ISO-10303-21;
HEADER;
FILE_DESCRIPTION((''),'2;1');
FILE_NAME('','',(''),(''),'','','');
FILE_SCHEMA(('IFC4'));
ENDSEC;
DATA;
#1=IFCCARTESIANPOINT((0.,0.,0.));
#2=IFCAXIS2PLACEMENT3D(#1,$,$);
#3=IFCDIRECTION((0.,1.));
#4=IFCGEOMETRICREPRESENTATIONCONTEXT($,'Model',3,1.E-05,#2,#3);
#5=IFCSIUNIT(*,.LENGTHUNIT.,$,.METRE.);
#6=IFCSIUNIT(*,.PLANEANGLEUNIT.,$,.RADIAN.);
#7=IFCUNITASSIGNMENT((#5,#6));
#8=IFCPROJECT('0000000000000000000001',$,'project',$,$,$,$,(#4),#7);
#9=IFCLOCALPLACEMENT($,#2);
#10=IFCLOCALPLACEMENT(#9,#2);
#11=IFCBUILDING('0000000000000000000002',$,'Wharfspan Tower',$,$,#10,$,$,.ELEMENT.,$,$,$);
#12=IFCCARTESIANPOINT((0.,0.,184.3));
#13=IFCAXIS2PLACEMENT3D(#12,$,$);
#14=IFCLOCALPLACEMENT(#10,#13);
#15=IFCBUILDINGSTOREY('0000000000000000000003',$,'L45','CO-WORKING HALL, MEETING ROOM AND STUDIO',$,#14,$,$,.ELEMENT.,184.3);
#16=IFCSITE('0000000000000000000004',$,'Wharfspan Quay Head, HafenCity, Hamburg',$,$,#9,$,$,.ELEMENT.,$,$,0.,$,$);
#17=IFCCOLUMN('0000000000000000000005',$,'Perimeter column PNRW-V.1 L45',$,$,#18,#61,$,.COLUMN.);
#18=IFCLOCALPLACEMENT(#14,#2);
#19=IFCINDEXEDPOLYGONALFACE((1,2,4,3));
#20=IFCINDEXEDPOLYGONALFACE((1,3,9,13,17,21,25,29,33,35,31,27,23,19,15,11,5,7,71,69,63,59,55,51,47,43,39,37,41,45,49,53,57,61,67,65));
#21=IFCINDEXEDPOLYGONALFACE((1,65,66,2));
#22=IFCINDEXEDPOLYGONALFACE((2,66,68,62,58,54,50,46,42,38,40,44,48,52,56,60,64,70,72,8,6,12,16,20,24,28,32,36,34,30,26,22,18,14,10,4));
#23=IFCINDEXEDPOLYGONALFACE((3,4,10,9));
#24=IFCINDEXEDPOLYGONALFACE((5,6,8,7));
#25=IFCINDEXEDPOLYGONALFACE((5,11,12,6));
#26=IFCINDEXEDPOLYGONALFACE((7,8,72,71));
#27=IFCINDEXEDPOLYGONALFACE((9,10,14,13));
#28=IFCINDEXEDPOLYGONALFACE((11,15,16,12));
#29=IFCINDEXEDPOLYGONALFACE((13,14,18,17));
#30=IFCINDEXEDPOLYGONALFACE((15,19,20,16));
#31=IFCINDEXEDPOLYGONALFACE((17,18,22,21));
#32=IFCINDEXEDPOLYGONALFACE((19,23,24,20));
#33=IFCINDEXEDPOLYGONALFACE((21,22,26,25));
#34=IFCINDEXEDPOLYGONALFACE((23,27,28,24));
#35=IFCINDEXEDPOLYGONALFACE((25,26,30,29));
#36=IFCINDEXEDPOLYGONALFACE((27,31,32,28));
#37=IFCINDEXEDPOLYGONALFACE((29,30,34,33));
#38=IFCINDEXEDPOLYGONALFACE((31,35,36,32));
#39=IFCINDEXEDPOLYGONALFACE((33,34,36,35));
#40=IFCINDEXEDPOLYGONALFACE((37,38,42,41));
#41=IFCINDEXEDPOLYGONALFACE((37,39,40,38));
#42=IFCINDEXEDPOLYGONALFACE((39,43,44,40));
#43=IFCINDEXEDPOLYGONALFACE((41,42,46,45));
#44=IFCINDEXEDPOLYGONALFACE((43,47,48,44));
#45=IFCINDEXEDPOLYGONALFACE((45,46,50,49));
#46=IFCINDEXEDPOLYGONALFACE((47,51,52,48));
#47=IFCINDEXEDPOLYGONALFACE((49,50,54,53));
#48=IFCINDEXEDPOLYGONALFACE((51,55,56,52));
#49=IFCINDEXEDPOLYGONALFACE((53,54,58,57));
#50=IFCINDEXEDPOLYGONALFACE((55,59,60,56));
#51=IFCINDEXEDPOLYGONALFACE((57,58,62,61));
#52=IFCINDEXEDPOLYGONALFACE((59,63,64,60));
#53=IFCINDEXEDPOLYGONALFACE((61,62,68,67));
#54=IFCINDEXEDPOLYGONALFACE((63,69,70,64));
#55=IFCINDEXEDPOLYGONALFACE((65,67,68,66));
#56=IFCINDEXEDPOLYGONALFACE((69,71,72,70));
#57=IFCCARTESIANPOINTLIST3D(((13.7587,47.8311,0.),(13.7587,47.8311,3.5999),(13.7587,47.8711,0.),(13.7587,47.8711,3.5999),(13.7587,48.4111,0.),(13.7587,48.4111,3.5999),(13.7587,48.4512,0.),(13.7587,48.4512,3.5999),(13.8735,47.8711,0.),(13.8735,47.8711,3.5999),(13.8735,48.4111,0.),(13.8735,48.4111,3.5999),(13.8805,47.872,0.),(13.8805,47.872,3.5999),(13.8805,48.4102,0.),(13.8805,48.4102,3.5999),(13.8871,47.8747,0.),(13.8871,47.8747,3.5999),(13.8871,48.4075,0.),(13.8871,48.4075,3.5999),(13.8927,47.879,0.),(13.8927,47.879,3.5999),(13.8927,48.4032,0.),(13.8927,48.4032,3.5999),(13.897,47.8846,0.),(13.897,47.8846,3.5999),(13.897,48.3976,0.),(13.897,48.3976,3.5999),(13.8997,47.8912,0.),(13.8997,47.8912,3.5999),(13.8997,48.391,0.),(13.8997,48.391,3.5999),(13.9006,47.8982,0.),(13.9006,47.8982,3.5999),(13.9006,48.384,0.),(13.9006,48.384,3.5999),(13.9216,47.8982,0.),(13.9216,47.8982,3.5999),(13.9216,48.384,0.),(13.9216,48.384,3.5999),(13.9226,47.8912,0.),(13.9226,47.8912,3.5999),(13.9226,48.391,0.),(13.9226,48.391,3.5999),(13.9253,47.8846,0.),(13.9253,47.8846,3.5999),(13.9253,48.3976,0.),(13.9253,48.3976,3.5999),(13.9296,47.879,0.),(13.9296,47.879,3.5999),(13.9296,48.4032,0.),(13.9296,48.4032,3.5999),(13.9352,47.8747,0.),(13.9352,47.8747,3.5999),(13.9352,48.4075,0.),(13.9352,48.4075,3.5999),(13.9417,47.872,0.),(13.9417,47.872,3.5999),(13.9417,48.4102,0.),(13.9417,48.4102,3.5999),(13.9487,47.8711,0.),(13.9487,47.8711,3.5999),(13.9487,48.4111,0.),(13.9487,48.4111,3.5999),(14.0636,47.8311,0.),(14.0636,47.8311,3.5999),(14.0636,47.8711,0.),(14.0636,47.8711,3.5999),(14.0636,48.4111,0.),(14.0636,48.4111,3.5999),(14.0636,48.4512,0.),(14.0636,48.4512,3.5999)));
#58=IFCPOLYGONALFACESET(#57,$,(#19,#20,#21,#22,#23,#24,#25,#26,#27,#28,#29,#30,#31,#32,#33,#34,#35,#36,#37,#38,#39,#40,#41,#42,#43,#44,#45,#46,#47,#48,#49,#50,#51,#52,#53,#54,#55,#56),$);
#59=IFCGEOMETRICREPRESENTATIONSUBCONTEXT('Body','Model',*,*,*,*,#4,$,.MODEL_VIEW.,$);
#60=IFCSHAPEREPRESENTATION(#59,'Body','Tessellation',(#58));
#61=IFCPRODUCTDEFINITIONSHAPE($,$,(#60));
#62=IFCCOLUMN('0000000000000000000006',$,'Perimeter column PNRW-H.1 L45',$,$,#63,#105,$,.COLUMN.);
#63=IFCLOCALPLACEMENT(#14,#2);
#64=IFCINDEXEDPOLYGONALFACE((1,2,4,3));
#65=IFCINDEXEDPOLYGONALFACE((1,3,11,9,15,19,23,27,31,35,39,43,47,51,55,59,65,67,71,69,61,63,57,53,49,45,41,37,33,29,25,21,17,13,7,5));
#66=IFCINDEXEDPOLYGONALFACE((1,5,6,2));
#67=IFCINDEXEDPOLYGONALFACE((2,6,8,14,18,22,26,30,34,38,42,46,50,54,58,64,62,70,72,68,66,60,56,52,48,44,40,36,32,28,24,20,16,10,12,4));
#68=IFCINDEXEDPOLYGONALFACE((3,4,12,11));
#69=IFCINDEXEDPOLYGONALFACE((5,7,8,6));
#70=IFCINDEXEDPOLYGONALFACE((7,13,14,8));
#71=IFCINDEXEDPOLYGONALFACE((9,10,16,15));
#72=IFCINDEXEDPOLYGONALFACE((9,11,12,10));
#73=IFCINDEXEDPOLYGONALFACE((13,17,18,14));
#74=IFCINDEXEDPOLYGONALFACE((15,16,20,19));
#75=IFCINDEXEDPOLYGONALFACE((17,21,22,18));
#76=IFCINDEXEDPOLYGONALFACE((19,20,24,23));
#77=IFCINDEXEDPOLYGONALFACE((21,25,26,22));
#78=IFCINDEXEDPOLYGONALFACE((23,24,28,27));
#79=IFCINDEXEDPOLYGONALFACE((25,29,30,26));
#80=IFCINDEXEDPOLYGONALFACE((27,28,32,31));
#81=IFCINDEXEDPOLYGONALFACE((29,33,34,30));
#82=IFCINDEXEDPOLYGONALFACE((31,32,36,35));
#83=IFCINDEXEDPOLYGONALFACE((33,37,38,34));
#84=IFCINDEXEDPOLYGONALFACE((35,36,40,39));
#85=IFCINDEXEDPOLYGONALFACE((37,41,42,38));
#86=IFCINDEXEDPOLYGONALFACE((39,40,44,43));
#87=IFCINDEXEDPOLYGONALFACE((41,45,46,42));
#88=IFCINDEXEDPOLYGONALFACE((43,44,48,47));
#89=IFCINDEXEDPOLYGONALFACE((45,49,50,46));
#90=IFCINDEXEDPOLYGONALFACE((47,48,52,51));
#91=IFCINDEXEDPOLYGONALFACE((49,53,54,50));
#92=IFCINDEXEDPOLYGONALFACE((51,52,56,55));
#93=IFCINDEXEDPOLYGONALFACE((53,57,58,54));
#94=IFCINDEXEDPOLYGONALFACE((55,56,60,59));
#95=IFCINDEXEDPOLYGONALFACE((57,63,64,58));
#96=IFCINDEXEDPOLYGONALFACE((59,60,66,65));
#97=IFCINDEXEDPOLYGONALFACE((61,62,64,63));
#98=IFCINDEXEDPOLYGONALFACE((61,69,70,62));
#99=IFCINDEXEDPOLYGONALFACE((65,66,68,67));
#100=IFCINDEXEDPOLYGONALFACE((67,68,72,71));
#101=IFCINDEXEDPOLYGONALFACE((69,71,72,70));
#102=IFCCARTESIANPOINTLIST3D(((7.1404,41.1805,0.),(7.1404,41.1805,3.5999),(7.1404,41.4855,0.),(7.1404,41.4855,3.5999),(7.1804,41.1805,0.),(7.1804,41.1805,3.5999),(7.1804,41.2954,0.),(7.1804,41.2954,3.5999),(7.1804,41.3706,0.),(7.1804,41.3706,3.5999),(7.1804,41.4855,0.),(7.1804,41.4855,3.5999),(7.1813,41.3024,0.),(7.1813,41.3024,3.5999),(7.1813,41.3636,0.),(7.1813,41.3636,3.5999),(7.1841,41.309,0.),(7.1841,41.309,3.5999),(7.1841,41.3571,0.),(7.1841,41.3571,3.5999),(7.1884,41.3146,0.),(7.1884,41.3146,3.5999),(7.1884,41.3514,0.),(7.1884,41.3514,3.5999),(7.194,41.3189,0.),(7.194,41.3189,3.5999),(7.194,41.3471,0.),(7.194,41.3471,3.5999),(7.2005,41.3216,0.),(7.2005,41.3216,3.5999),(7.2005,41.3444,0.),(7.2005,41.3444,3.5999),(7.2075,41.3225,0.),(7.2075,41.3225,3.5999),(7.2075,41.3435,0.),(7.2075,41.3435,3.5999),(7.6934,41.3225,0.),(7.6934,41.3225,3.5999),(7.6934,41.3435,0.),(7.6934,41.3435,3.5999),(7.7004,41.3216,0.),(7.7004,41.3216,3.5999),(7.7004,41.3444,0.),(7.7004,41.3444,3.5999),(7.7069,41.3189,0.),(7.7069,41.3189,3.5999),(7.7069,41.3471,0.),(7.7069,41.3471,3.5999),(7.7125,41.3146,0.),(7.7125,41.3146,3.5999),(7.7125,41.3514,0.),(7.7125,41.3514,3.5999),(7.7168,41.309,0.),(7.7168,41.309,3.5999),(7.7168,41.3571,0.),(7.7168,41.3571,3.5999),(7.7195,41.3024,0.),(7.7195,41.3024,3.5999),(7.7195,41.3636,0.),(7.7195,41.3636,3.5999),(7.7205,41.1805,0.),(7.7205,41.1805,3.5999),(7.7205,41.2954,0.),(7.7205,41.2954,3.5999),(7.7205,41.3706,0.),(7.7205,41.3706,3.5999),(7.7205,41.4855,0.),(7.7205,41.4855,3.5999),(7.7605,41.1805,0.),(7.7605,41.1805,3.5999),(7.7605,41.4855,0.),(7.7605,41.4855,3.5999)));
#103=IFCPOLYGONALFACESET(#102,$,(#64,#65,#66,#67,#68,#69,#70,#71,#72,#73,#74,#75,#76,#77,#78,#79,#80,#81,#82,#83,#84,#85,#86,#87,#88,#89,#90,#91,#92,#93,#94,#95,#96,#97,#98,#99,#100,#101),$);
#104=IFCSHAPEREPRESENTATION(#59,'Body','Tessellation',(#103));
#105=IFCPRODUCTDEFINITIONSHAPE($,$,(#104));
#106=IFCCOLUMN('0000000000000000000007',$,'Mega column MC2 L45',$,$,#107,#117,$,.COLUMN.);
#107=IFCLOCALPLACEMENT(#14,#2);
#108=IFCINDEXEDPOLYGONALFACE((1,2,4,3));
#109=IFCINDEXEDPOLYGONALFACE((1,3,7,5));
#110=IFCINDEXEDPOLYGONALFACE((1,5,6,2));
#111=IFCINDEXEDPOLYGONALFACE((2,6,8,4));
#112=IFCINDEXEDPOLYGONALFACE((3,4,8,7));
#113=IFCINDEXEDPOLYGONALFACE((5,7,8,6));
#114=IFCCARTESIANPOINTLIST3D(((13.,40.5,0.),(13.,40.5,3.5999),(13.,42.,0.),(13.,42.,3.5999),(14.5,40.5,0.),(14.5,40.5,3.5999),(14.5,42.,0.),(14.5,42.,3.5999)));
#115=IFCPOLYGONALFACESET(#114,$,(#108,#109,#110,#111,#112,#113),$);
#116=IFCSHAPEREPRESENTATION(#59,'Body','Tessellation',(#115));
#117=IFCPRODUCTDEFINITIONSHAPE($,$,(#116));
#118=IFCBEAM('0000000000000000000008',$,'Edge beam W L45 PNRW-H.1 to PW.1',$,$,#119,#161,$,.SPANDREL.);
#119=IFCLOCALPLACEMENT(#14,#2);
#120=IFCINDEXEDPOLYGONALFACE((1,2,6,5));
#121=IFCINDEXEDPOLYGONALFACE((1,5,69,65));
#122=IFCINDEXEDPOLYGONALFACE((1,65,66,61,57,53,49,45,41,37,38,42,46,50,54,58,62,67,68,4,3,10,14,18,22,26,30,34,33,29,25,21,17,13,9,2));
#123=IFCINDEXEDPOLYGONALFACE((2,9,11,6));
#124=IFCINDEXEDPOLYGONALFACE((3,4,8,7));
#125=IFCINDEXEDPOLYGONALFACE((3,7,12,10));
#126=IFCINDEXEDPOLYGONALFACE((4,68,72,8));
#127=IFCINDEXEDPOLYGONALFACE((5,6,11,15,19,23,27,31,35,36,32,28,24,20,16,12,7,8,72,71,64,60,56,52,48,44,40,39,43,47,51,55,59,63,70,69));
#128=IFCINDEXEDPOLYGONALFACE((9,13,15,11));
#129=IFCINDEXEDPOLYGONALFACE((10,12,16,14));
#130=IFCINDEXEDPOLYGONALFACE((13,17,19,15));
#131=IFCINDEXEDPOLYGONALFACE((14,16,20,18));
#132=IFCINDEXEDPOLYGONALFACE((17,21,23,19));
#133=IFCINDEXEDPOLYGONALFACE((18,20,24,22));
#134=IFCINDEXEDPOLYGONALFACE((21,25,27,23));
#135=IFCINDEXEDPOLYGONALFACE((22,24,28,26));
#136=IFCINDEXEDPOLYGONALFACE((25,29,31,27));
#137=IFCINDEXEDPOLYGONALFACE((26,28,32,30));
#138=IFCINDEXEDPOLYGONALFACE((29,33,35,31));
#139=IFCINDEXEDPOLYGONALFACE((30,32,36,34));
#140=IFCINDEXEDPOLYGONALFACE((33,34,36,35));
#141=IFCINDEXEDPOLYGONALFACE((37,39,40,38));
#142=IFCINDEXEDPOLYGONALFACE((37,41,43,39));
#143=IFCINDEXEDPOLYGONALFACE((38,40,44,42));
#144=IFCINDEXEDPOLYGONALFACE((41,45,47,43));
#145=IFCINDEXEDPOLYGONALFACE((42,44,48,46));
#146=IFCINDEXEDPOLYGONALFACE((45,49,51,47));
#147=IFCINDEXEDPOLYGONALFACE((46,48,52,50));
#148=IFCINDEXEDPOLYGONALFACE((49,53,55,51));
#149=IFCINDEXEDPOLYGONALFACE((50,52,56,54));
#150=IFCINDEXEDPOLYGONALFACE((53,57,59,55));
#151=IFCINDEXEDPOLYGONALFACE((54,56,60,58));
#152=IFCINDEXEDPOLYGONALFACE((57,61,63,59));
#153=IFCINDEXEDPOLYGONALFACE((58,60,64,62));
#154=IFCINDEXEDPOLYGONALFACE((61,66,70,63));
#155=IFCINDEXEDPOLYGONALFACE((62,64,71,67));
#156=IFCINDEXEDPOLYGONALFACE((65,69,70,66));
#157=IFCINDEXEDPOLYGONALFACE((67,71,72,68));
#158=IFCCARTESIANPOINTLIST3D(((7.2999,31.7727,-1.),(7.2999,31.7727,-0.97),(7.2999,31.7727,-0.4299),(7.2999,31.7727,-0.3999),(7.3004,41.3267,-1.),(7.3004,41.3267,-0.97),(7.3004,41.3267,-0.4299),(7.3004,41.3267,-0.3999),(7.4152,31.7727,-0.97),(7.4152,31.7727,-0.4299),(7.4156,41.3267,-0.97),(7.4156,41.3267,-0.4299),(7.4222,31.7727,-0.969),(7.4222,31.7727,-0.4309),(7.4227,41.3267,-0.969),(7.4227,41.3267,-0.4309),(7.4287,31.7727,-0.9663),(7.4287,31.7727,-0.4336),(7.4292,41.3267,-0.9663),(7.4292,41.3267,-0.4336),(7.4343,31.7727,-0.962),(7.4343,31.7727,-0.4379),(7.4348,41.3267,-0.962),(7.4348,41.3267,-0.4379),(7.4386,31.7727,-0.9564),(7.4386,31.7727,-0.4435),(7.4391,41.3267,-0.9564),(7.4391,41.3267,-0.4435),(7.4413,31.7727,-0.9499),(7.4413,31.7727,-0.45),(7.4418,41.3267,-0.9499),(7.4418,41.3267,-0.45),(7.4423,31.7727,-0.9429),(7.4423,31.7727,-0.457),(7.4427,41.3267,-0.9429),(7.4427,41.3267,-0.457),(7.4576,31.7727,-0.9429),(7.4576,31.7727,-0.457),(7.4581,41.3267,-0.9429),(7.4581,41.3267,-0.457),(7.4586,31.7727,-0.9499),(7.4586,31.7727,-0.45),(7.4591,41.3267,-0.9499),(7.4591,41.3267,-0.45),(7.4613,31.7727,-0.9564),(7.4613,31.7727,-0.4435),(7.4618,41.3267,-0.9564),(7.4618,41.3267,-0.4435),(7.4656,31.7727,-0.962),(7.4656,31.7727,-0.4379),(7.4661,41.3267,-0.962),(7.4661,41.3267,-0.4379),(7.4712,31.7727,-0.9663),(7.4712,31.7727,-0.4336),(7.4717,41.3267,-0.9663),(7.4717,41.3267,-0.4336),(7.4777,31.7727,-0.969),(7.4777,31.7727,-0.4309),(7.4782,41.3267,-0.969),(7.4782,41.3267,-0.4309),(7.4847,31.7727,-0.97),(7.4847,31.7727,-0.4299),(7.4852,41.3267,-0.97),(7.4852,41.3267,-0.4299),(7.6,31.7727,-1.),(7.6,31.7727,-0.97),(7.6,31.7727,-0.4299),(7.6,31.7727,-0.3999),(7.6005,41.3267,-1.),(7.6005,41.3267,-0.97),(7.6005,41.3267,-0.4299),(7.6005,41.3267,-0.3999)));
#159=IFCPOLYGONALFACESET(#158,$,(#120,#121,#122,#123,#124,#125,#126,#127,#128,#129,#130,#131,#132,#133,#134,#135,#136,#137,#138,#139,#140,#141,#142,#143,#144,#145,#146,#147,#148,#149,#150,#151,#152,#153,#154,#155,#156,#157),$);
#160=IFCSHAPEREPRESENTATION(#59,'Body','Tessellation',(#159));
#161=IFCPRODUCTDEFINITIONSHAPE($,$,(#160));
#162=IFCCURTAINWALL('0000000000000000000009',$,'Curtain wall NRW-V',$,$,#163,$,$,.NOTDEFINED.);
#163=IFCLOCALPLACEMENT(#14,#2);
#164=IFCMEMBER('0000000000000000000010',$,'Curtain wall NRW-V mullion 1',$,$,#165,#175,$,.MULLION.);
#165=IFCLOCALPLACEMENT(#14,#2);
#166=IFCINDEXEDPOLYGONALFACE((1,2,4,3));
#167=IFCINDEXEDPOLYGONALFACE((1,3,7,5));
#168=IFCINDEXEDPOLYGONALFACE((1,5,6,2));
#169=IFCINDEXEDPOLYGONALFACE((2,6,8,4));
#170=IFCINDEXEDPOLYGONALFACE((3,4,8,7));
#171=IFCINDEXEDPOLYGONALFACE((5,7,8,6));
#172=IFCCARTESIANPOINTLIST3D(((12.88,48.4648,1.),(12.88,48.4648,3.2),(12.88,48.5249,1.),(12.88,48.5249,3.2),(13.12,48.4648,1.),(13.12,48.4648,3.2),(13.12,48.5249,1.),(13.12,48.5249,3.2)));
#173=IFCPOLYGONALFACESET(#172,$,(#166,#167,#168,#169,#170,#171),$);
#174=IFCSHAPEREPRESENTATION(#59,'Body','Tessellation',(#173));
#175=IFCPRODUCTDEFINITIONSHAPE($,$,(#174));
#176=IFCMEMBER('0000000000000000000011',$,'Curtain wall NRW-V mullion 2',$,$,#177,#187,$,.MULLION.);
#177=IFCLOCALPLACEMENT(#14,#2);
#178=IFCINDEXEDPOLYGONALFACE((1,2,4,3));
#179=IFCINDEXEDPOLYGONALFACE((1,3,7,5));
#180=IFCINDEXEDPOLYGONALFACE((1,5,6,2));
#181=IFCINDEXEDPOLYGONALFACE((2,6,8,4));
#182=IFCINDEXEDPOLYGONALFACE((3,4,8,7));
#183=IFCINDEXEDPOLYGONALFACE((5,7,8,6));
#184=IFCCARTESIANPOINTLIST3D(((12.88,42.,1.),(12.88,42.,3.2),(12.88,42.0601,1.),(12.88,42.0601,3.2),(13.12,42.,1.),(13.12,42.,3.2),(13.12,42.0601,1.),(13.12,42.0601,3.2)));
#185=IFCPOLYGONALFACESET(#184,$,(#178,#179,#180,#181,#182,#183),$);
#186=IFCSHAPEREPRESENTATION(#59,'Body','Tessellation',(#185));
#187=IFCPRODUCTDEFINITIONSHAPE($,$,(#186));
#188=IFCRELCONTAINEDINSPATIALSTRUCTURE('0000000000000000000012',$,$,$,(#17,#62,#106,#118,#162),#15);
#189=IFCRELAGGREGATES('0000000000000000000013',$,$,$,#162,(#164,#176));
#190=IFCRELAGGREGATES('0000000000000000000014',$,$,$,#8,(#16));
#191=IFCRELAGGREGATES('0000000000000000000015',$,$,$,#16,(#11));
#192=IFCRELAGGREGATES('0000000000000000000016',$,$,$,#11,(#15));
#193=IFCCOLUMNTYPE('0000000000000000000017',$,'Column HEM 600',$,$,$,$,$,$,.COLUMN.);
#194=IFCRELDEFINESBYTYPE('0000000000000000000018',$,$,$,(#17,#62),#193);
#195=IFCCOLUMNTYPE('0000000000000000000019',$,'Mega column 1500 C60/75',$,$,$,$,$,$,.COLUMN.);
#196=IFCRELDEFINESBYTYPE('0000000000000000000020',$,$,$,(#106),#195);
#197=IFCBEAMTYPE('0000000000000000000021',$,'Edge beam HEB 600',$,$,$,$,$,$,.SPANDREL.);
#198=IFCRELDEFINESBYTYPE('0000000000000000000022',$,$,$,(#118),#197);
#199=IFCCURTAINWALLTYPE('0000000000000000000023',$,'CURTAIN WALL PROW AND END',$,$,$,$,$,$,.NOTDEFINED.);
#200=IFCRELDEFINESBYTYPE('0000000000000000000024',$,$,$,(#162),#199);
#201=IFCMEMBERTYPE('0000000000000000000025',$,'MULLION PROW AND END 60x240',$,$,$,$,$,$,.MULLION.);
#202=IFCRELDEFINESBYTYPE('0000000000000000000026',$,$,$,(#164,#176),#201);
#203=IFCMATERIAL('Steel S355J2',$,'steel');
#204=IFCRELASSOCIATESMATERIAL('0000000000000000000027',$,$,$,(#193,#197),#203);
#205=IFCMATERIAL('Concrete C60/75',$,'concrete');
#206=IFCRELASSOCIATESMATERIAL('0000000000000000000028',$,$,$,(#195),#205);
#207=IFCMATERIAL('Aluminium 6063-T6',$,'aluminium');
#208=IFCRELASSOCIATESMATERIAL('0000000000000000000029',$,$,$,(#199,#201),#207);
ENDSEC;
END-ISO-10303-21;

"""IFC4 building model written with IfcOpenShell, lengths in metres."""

from ifc_helpers import new_model, si_unit, direction, frame, origin, origin_2d, place, context, subcontext, project, spatial, rectangle, i_section, extrude, material, material_profile, profile_set, type_object, element, aggregate, save


model = new_model("IFC4")

# Units and contexts
model_context = context("Model", 3, precision=1e-05, world=origin(), true_north=direction((0.0, 1.0)))
body_context = subcontext(model_context, "Body", "Model", "MODEL_VIEW")
ifc_project = project(units=[si_unit("LENGTHUNIT", "METRE"), si_unit("PLANEANGLEUNIT", "RADIAN")], contexts=[model_context])

# Site, building, storey
site_placement = place(None, origin())
site = spatial("IfcSite", under=ifc_project, at=site_placement, Name="Wharfspan Quay Head, HafenCity, Hamburg", CompositionType="ELEMENT", RefElevation=0.0)
building_placement = place(site_placement, origin())
building = spatial("IfcBuilding", under=site, at=building_placement, Name="Wharfspan Tower", CompositionType="ELEMENT")
storey_placement = place(building_placement, frame((0.0, 0.0, 184.3)))
storey = spatial("IfcBuildingStorey", under=building, at=storey_placement, Name="L45", Description="CO-WORKING HALL, MEETING ROOM AND STUDIO", CompositionType="ELEMENT", Elevation=184.3)

# Columns
ifc_material_1 = material(Name="Steel S355J2", Category="steel")
ifc_material_profile_1 = material_profile(ifc_material_1, i_section(OverallWidth=0.3049, OverallDepth=0.6201, WebThickness=0.021, FlangeThickness=0.04, FilletRadius=0.0271, at=origin_2d()))
ifc_profile_set_1 = profile_set([ifc_material_profile_1], Name="Steel S355J2")
column_type_1 = type_object("IfcColumnType", Name="Column HEM 600", PredefinedType="COLUMN", material=ifc_profile_set_1)
for number, where, z_axis, x_axis, name in (
    (1, (13.9111, 48.1411, 0.0), (0.0, 0.0, 1.0), (-1.0, 0.0, 0.0), "Perimeter column PNRW-V.1 L45"),
    (2, (7.4504, 41.333, 0.0), (0.0, 0.0, 1.0), (0.0, 1.0, 0.0), "Perimeter column PNRW-H.1 L45"),
):
    element("IfcColumn", number, at=place(storey_placement, frame(where, z_axis=z_axis, x_axis=x_axis)), inside=storey, type_object=column_type_1, Name=name, PredefinedType="COLUMN", context=body_context, shape_type="SweptSolid", body=[
        extrude(i_section(OverallWidth=0.3049, OverallDepth=0.6201, WebThickness=0.021, FlangeThickness=0.04, FilletRadius=0.0271, at=origin_2d()), origin(), (0.0, 0.0, 1.0), 3.5999),
    ])
ifc_material_2 = material(Name="Concrete C60/75", Category="concrete")
ifc_material_profile_2 = material_profile(ifc_material_2, rectangle(XDim=1.5, YDim=1.5, at=origin_2d()))
ifc_profile_set_2 = profile_set([ifc_material_profile_2], Name="Concrete C60/75")
column_type_2 = type_object("IfcColumnType", Name="Mega column 1500 C60/75", PredefinedType="COLUMN", material=ifc_profile_set_2)
column_placement = place(storey_placement, frame((13.75, 41.25, 0.0), z_axis=(0.0, 0.0, 1.0), x_axis=(1.0, 0.0, 0.0)))
element("IfcColumn", 3, at=column_placement, inside=storey, type_object=column_type_2, Name="Mega column MC2 L45", PredefinedType="COLUMN", context=body_context, shape_type="SweptSolid", body=[
    extrude(rectangle(XDim=1.5, YDim=1.5, at=origin_2d()), origin(), (0.0, 0.0, 1.0), 3.5999),
])

# Beam
ifc_material_profile_3 = material_profile(ifc_material_1, i_section(OverallWidth=0.3, OverallDepth=0.6001, WebThickness=0.0154, FlangeThickness=0.03, FilletRadius=0.0271, at=origin_2d()))
ifc_profile_set_3 = profile_set([ifc_material_profile_3], Name="Steel S355J2")
beam_type = type_object("IfcBeamType", Name="Edge beam HEB 600", PredefinedType="SPANDREL", material=ifc_profile_set_3)
beam_placement = place(storey_placement, frame((7.4504, 41.3267, -0.7), z_axis=(-0.000051, -1.0, 0.0), x_axis=(1.0, -0.000051, 0.0)))
element("IfcBeam", 4, at=beam_placement, inside=storey, type_object=beam_type, Name="Edge beam W L45 PNRW-H.1 to PW.1", PredefinedType="SPANDREL", context=body_context, shape_type="SweptSolid", body=[
    extrude(i_section(OverallWidth=0.3, OverallDepth=0.6001, WebThickness=0.0154, FlangeThickness=0.03, FilletRadius=0.0271, at=origin_2d()), origin(), (0.0, 0.0, 1.0), 9.554),
])

# Curtain wall, members
ifc_material_3 = material(Name="Aluminium 6063-T6", Category="aluminium")
curtain_wall_type = type_object("IfcCurtainWallType", Name="CURTAIN WALL PROW AND END", PredefinedType="NOTDEFINED", material=ifc_material_3)
curtain_wall_1_placement = place(storey_placement, origin())
curtain_wall_1 = element("IfcCurtainWall", 5, at=curtain_wall_1_placement, inside=storey, type_object=curtain_wall_type, Name="Curtain wall NRW-V", PredefinedType="NOTDEFINED")
ifc_material_profile_4 = material_profile(ifc_material_3, rectangle(XDim=0.24, YDim=0.0601, at=origin_2d()))
ifc_profile_set_4 = profile_set([ifc_material_profile_4], Name="Aluminium 6063-T6")
member_type_1 = type_object("IfcMemberType", Name="MULLION PROW AND END 60x240", PredefinedType="MULLION", material=ifc_profile_set_4)
member_1_placement = place(storey_placement, frame((13.0, 48.4949, 1.0), z_axis=(0.0, 0.0, 1.0), x_axis=(1.0, 0.0, 0.0)))
member_1 = element("IfcMember", 6, at=member_1_placement, type_object=member_type_1, Name="Curtain wall NRW-V mullion 1", PredefinedType="MULLION", context=body_context, shape_type="SweptSolid", body=[
    extrude(rectangle(XDim=0.24, YDim=0.0601, at=origin_2d()), origin(), (0.0, 0.0, 1.0), 2.2),
])
member_2_placement = place(storey_placement, frame((13.0, 42.03, 1.0), z_axis=(0.0, 0.0, 1.0), x_axis=(1.0, 0.0, 0.0)))
member_2 = element("IfcMember", 7, at=member_2_placement, type_object=member_type_1, Name="Curtain wall NRW-V mullion 2", PredefinedType="MULLION", context=body_context, shape_type="SweptSolid", body=[
    extrude(rectangle(XDim=0.24, YDim=0.0601, at=origin_2d()), origin(), (0.0, 0.0, 1.0), 2.2),
])

aggregate(curtain_wall_1, [member_1, member_2])

save(model, "model.ifc")
